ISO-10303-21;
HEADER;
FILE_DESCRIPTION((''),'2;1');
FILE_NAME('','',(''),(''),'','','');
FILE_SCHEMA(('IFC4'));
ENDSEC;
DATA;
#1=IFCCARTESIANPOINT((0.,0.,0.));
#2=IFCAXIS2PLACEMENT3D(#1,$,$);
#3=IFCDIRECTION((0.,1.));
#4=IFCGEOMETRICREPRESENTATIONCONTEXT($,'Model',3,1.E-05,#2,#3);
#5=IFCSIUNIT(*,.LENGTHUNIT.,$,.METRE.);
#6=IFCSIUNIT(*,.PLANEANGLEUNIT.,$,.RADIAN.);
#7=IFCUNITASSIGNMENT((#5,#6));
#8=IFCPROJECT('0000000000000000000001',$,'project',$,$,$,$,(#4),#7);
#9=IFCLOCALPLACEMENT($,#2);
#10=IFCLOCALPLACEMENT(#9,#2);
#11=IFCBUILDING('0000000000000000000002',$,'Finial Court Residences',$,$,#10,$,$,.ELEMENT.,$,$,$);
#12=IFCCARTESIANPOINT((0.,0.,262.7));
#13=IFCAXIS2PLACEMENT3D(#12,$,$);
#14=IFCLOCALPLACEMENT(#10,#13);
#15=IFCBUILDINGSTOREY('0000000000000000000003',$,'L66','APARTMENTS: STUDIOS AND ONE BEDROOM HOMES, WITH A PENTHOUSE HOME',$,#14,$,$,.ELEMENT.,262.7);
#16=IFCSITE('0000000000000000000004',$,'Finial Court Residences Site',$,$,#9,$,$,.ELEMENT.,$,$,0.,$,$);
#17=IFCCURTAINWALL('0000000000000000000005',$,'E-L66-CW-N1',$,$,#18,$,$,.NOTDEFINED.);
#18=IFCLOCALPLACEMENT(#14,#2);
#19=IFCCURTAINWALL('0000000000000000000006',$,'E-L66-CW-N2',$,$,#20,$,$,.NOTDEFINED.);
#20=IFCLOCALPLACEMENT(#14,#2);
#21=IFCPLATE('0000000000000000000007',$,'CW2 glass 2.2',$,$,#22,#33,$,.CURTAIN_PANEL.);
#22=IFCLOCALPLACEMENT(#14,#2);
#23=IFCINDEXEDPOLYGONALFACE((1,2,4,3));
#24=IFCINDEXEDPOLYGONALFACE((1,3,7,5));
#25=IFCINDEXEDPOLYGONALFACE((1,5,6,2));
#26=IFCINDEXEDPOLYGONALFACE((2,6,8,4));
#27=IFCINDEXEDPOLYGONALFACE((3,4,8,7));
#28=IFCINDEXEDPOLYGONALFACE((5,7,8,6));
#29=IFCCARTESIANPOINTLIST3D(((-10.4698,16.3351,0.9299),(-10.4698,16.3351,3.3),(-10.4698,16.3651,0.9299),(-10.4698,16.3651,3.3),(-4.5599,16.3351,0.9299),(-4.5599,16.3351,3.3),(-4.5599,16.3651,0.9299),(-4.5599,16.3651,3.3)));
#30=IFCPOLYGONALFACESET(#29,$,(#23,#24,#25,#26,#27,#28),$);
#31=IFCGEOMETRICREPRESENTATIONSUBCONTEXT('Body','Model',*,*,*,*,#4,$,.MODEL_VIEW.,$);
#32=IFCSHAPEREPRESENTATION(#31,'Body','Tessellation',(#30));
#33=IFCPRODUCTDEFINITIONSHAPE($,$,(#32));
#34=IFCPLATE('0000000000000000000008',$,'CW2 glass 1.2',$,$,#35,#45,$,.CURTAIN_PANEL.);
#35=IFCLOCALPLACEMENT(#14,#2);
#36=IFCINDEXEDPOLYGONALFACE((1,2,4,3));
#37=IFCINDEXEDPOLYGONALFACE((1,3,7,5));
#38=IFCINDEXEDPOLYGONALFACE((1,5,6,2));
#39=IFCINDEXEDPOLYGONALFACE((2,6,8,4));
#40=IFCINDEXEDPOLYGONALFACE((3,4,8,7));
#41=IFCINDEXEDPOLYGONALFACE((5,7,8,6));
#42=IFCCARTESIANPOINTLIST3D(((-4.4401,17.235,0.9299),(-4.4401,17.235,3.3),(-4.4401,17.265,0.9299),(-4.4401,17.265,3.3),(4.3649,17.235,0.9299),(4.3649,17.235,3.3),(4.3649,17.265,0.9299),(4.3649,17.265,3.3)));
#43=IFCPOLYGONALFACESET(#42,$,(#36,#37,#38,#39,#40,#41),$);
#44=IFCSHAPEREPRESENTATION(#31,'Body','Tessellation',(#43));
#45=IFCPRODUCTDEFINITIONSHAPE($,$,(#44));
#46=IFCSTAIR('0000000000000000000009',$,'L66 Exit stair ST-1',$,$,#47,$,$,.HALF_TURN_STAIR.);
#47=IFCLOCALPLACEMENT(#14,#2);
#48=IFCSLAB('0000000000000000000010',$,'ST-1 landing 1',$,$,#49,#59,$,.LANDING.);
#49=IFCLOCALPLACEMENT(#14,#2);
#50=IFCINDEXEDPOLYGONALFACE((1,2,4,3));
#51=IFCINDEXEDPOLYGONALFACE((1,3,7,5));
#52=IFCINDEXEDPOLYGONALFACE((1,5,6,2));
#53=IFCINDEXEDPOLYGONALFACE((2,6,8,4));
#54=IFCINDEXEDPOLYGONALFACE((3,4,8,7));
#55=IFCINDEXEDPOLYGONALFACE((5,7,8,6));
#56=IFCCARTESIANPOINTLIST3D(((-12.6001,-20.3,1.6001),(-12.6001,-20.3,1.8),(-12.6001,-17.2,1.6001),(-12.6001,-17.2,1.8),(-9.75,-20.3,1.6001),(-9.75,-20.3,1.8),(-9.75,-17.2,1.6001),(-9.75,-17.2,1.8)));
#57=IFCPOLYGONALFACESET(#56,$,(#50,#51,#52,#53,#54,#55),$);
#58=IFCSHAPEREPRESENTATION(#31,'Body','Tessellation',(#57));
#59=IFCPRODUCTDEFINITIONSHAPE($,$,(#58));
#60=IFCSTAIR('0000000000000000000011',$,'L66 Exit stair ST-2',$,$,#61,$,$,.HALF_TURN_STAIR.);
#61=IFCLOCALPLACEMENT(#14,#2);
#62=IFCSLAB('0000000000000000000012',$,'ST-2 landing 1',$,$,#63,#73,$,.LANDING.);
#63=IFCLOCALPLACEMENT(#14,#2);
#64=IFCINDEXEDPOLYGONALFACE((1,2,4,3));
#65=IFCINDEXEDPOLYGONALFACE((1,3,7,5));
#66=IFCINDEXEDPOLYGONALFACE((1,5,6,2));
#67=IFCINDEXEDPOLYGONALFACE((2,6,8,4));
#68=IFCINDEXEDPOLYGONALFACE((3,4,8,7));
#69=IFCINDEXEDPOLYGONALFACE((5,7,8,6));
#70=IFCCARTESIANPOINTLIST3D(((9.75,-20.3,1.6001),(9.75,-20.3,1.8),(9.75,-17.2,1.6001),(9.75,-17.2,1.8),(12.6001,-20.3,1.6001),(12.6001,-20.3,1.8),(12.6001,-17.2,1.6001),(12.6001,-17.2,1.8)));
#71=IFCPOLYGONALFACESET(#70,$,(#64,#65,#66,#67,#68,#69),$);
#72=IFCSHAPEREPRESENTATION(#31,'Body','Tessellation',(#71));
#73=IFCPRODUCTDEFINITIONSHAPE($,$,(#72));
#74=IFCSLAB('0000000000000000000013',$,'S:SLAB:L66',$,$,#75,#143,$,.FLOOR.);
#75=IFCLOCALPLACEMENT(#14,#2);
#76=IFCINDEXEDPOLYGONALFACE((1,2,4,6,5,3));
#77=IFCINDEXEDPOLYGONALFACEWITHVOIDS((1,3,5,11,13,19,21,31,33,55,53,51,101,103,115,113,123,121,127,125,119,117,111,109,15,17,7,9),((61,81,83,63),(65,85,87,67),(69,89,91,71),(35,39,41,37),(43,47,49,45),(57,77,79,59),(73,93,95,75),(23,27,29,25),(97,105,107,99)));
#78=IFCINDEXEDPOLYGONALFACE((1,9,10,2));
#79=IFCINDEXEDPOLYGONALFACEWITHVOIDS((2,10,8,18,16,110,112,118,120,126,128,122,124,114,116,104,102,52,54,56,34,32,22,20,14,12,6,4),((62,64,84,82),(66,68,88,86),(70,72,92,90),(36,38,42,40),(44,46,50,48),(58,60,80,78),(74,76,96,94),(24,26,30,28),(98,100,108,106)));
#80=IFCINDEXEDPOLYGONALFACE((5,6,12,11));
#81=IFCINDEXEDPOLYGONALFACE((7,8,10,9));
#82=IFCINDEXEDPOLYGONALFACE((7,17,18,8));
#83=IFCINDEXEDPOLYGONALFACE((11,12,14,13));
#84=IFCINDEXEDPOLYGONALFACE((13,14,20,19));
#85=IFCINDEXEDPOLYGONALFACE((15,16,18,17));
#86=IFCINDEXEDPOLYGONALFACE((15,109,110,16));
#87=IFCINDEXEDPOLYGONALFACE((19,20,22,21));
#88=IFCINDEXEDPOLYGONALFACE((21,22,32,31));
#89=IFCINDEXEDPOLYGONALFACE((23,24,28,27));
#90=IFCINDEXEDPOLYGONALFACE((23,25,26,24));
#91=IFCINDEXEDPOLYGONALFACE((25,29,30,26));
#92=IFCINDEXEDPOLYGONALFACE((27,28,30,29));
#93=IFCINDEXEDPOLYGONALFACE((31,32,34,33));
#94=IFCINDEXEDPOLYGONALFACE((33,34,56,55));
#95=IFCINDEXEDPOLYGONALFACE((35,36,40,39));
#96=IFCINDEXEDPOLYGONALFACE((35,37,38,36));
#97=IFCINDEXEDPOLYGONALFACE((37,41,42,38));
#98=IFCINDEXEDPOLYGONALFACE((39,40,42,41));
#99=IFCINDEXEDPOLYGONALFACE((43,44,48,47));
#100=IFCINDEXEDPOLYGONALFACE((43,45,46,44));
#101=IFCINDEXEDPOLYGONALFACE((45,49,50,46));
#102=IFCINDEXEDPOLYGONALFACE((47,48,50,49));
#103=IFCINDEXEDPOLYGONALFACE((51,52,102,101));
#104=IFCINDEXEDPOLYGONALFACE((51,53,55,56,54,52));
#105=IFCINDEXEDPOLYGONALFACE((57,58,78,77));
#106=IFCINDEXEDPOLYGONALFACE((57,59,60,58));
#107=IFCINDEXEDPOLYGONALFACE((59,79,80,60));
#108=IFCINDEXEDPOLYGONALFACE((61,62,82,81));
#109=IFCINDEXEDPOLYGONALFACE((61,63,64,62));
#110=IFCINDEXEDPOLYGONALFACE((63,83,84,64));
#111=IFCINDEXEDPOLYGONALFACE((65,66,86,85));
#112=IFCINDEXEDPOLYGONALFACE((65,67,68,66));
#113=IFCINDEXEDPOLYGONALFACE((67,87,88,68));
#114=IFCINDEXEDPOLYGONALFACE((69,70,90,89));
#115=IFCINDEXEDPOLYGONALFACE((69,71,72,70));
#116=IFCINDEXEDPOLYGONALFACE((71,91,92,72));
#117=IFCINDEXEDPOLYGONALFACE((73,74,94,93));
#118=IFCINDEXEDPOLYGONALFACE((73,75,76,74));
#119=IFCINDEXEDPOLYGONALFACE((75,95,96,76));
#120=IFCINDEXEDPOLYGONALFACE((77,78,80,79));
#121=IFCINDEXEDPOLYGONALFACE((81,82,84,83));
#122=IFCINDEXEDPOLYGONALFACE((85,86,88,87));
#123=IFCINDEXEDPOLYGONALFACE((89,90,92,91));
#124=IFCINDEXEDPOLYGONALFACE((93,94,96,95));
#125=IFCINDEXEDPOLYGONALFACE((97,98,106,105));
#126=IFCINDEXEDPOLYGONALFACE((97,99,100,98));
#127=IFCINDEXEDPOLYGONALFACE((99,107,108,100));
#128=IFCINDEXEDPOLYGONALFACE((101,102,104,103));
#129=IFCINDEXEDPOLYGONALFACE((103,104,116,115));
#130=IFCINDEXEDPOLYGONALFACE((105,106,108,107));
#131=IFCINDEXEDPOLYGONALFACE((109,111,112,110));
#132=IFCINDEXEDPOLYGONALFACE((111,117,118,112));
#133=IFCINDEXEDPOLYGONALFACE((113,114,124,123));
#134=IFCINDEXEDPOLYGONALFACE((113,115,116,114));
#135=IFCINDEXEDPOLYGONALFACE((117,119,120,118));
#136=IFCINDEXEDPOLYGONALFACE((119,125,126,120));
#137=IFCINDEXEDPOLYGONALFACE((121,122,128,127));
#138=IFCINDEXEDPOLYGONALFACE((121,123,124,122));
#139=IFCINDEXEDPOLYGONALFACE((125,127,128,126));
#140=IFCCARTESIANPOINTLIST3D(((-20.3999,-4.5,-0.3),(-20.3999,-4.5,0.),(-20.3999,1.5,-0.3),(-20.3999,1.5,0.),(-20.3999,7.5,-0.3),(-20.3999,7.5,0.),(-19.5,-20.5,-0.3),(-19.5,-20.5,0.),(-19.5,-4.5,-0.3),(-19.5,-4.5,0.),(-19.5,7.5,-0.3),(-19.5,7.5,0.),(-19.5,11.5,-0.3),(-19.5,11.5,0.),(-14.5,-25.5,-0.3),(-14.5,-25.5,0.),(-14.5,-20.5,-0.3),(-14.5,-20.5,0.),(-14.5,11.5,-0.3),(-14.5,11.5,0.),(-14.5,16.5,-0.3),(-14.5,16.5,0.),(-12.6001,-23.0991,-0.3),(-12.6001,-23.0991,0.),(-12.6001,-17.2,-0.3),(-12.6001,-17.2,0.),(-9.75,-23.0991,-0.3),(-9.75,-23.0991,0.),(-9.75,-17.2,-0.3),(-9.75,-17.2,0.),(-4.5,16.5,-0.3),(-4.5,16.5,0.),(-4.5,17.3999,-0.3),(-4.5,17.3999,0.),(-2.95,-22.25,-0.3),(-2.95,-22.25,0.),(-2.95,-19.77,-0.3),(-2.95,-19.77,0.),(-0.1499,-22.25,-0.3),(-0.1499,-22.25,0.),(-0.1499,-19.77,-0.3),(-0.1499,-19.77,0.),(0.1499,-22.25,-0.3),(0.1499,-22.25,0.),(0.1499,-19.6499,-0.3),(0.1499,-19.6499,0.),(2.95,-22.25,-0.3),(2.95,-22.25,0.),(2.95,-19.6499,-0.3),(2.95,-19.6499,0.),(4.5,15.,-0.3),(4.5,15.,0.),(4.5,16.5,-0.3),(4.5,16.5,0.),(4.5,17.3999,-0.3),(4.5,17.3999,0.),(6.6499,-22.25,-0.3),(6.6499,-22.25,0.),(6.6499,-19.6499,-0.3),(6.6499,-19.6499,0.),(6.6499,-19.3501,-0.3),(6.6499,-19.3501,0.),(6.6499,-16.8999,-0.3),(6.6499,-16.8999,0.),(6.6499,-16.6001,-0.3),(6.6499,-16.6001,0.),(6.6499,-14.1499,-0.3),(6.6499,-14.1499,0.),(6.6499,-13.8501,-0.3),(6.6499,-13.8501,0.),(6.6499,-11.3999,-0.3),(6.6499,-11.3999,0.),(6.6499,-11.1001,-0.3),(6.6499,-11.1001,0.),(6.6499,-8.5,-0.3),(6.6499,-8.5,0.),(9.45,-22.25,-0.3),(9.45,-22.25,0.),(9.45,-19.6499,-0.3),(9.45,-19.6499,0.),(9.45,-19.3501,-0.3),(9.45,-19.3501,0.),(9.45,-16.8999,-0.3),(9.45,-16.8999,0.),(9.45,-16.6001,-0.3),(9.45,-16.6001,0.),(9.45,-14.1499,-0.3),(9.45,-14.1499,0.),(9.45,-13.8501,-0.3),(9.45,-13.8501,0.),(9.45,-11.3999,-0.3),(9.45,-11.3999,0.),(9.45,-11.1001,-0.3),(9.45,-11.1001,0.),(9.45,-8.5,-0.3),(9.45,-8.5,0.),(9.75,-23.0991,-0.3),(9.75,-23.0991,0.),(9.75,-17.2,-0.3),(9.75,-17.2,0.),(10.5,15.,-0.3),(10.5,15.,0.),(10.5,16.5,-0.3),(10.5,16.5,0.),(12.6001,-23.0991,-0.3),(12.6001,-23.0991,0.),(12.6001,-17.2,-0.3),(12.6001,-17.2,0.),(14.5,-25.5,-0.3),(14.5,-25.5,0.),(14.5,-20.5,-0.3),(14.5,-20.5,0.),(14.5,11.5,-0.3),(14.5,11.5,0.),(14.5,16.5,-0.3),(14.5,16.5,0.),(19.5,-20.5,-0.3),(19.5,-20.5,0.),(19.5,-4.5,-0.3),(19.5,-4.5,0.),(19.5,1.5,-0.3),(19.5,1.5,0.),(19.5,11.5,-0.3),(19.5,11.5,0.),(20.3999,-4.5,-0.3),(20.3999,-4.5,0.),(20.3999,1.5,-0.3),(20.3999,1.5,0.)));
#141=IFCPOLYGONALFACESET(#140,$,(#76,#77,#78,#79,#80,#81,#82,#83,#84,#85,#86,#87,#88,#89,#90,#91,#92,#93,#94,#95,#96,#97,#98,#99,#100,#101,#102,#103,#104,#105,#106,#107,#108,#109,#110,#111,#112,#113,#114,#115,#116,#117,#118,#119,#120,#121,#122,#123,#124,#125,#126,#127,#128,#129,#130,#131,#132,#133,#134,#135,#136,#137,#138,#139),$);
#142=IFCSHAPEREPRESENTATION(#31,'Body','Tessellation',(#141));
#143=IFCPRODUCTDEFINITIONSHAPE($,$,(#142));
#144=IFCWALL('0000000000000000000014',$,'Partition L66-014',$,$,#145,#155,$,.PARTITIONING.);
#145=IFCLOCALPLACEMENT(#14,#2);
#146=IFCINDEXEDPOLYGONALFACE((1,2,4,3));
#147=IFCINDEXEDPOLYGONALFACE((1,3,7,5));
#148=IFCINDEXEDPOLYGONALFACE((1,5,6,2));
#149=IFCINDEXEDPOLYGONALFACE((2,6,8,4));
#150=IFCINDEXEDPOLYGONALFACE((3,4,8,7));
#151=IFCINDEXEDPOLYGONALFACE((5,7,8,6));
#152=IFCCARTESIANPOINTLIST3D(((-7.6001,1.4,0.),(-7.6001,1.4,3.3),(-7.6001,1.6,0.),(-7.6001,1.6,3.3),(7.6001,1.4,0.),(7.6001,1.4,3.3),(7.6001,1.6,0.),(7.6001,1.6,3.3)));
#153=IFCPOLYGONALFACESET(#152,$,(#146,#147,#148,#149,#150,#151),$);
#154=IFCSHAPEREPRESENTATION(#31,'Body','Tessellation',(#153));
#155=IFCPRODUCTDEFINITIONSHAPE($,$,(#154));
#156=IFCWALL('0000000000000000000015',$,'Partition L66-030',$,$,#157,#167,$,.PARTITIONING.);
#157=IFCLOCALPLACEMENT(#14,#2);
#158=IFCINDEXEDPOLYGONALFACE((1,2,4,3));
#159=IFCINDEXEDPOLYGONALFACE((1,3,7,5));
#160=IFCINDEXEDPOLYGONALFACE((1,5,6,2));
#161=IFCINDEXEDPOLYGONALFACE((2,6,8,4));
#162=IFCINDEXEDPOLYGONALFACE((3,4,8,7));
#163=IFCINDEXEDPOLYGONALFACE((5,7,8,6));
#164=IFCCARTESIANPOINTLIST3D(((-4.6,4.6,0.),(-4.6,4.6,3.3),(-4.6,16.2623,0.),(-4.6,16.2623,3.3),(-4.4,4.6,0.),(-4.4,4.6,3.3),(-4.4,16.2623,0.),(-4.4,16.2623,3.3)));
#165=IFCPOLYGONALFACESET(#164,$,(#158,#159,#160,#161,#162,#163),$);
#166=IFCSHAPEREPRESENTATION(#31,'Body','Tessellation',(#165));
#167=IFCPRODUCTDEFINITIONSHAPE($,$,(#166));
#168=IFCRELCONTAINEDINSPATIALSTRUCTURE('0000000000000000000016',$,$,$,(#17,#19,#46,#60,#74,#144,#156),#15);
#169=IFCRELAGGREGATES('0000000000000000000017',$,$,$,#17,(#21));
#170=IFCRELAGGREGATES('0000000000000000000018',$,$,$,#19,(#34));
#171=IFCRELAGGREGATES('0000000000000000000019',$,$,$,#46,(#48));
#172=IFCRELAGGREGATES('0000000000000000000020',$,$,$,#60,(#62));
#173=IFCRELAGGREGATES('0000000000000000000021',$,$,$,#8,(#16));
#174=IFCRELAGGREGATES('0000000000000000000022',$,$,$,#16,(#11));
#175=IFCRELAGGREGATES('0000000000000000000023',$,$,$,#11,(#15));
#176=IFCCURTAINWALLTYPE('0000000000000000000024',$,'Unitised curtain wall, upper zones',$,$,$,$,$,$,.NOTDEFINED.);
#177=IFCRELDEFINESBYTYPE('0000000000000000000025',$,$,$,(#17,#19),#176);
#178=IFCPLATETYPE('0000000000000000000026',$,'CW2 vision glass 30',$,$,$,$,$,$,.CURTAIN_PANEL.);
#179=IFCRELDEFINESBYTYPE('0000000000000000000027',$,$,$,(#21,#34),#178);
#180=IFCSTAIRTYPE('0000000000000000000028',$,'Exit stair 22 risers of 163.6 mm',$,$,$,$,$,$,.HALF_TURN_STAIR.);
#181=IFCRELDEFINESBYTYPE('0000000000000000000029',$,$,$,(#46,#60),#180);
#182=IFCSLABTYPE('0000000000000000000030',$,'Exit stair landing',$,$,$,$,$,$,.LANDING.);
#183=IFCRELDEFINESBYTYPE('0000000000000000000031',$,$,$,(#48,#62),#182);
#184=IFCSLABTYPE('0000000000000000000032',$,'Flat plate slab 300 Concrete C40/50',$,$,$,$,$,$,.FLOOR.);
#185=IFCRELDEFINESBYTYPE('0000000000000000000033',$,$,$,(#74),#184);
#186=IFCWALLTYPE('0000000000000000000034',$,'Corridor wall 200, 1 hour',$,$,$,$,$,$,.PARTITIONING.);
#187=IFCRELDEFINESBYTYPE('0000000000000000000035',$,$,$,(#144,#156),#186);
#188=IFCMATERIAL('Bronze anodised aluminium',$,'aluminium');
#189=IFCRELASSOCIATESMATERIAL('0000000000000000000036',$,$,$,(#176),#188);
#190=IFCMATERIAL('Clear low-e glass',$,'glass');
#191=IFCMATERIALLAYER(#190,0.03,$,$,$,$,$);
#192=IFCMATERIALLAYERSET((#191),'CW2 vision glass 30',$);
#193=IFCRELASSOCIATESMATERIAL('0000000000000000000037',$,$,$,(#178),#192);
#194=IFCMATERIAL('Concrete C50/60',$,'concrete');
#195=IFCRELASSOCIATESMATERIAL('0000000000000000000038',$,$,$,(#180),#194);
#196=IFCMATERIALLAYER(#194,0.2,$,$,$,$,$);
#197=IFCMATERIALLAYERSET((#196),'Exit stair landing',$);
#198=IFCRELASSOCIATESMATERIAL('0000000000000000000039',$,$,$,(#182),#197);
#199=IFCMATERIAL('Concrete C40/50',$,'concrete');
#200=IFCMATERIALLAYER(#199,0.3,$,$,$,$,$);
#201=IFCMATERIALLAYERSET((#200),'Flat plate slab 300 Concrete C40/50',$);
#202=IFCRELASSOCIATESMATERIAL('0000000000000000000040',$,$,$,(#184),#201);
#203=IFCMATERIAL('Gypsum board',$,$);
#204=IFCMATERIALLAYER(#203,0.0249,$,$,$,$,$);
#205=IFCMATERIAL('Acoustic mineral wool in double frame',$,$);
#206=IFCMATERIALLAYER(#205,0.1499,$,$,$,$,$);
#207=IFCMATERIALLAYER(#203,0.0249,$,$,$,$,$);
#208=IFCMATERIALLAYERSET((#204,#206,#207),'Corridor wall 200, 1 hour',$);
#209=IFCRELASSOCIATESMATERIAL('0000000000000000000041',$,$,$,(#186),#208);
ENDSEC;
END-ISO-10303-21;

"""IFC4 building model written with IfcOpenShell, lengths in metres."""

from ifc_helpers import new_model, si_unit, direction, frame, frame_2d, origin, origin_2d, place, context, subcontext, project, spatial, polyline, rectangle, outline, extrude, material, layer, layer_set, type_object, element, aggregate, save


model = new_model("IFC4")

# Units and contexts
model_context = context("Model", 3, precision=1e-05, world=origin(), true_north=direction((0.0, 1.0)))
body_context = subcontext(model_context, "Body", "Model", "MODEL_VIEW")
ifc_project = project(units=[si_unit("LENGTHUNIT", "METRE"), si_unit("PLANEANGLEUNIT", "RADIAN")], contexts=[model_context])

# Site, building, storey
site_placement = place(None, origin())
site = spatial("IfcSite", under=ifc_project, at=site_placement, Name="Finial Court Residences Site", CompositionType="ELEMENT", RefElevation=0.0)
building_placement = place(site_placement, origin())
building = spatial("IfcBuilding", under=site, at=building_placement, Name="Finial Court Residences", CompositionType="ELEMENT")
storey_placement = place(building_placement, frame((0.0, 0.0, 262.7)))
storey = spatial("IfcBuildingStorey", under=building, at=storey_placement, Name="L66", Description="APARTMENTS: STUDIOS AND ONE BEDROOM HOMES, WITH A PENTHOUSE HOME", CompositionType="ELEMENT", Elevation=262.7)

# Shared definitions
ifc_material_1 = material(Name="Concrete C50/60", Category="concrete")

# Curtain wall
ifc_material_2 = material(Name="Bronze anodised aluminium", Category="aluminium")
curtain_wall_type = type_object("IfcCurtainWallType", Name="Unitised curtain wall, upper zones", PredefinedType="NOTDEFINED", material=ifc_material_2)
curtain_wall_1_placement = place(storey_placement, origin())
curtain_wall_1 = element("IfcCurtainWall", 1, at=curtain_wall_1_placement, inside=storey, type_object=curtain_wall_type, Name="E-L66-CW-N1", PredefinedType="NOTDEFINED")

# Curtain wall
curtain_wall_2_placement = place(storey_placement, origin())
curtain_wall_2 = element("IfcCurtainWall", 2, at=curtain_wall_2_placement, inside=storey, type_object=curtain_wall_type, Name="E-L66-CW-N2", PredefinedType="NOTDEFINED")

# Plates
ifc_material_3 = material(Name="Clear low-e glass", Category="glass")
ifc_layer_1 = layer(ifc_material_3, 0.03)
ifc_layer_set_1 = layer_set([ifc_layer_1], Name="CW2 vision glass 30")
plate_type_1 = type_object("IfcPlateType", Name="CW2 vision glass 30", PredefinedType="CURTAIN_PANEL", material=ifc_layer_set_1)
plate_1_placement = place(storey_placement, frame((-7.5149, 16.3501, 0.9299), z_axis=(0.0, 0.0, 1.0), x_axis=(1.0, 0.0, 0.0)))
plate_1 = element("IfcPlate", 3, at=plate_1_placement, type_object=plate_type_1, Name="CW2 glass 2.2", PredefinedType="CURTAIN_PANEL", context=body_context, shape_type="SweptSolid", body=[
    extrude(rectangle(XDim=5.9099, YDim=0.03, at=origin_2d()), origin(), (0.0, 0.0, 1.0), 2.3701),
])
aggregate(curtain_wall_1, [plate_1])
plate_2_placement = place(storey_placement, frame((-0.0376, 17.25, 0.9299), z_axis=(0.0, 0.0, 1.0), x_axis=(1.0, 0.0, 0.0)))
plate_2 = element("IfcPlate", 4, at=plate_2_placement, type_object=plate_type_1, Name="CW2 glass 1.2", PredefinedType="CURTAIN_PANEL", context=body_context, shape_type="SweptSolid", body=[
    extrude(rectangle(XDim=8.8049, YDim=0.03, at=origin_2d()), origin(), (0.0, 0.0, 1.0), 2.3701),
])
aggregate(curtain_wall_2, [plate_2])

# Stairs, slabs
stair_type = type_object("IfcStairType", Name="Exit stair 22 risers of 163.6 mm", PredefinedType="HALF_TURN_STAIR", material=ifc_material_1)
stair_1_placement = place(storey_placement, origin())
stair_1 = element("IfcStair", 5, at=stair_1_placement, inside=storey, type_object=stair_type, Name="L66 Exit stair ST-1", PredefinedType="HALF_TURN_STAIR")
ifc_layer_2 = layer(ifc_material_1, 0.2)
ifc_layer_set_2 = layer_set([ifc_layer_2], Name="Exit stair landing")
slab_type_1 = type_object("IfcSlabType", Name="Exit stair landing", PredefinedType="LANDING", material=ifc_layer_set_2)
slab_1_placement = place(storey_placement, frame((0.0, 0.0, 1.6001)))
slab_1 = element("IfcSlab", 6, at=slab_1_placement, type_object=slab_type_1, Name="ST-1 landing 1", PredefinedType="LANDING", context=body_context, shape_type="SweptSolid", body=[
    extrude(outline(polyline([(-9.75, -20.3), (-9.75, -17.2), (-12.6001, -17.2), (-12.6001, -20.3), (-9.75, -20.3)])), origin(), (0.0, 0.0, 1.0), 0.2),
])
aggregate(stair_1, [slab_1])
stair_2_placement = place(storey_placement, origin())
stair_2 = element("IfcStair", 7, at=stair_2_placement, inside=storey, type_object=stair_type, Name="L66 Exit stair ST-2", PredefinedType="HALF_TURN_STAIR")
slab_2_placement = place(storey_placement, frame((0.0, 0.0, 1.6001)))
slab_2 = element("IfcSlab", 8, at=slab_2_placement, type_object=slab_type_1, Name="ST-2 landing 1", PredefinedType="LANDING", context=body_context, shape_type="SweptSolid", body=[
    extrude(outline(polyline([(12.6001, -20.3), (12.6001, -17.2), (9.75, -17.2), (9.75, -20.3), (12.6001, -20.3)])), origin(), (0.0, 0.0, 1.0), 0.2),
])
aggregate(stair_2, [slab_2])

# Slab
ifc_material_4 = material(Name="Concrete C40/50", Category="concrete")
ifc_layer_3 = layer(ifc_material_4, 0.3)
ifc_layer_set_3 = layer_set([ifc_layer_3], Name="Flat plate slab 300 Concrete C40/50")
slab_type_2 = type_object("IfcSlabType", Name="Flat plate slab 300 Concrete C40/50", PredefinedType="FLOOR", material=ifc_layer_set_3)
slab_3_placement = place(storey_placement, frame((0.0, 0.0, -0.3)))
element("IfcSlab", 9, at=slab_3_placement, inside=storey, type_object=slab_type_2, Name="S:SLAB:L66", PredefinedType="FLOOR", context=body_context, shape_type="SweptSolid", body=[
    extrude(outline(polyline([(-20.3999, -4.5), (-20.3999, 1.5), (-20.3999, 7.5), (-19.5, 7.5), (-19.5, 11.5), (-14.5, 11.5), (-14.5, 16.5), (-4.5, 16.5), (-4.5, 17.3999), (4.5, 17.3999), (4.5, 16.5), (4.5, 15.0), (10.5, 15.0), (10.5, 16.5), (14.5, 16.5), (14.5, 11.5), (19.5, 11.5), (19.5, 1.5), (20.3999, 1.5), (20.3999, -4.5), (19.5, -4.5), (19.5, -20.5), (14.5, -20.5), (14.5, -25.5), (-14.5, -25.5), (-14.5, -20.5), (-19.5, -20.5), (-19.5, -4.5), (-20.3999, -4.5)]), holes=[polyline([(-0.1499, -19.77), (-2.95, -19.77), (-2.95, -22.25), (-0.1499, -22.25), (-0.1499, -19.77)]), polyline([(2.95, -19.6499), (0.1499, -19.6499), (0.1499, -22.25), (2.95, -22.25), (2.95, -19.6499)]), polyline([(9.45, -19.6499), (6.6499, -19.6499), (6.6499, -22.25), (9.45, -22.25), (9.45, -19.6499)]), polyline([(-12.6001, -17.2), (-12.6001, -23.0991), (-9.75, -23.0991), (-9.75, -17.2), (-12.6001, -17.2)]), polyline([(9.75, -17.2), (9.75, -23.0991), (12.6001, -23.0991), (12.6001, -17.2), (9.75, -17.2)]), polyline([(9.45, -16.8999), (6.6499, -16.8999), (6.6499, -19.3501), (9.45, -19.3501), (9.45, -16.8999)]), polyline([(9.45, -14.1499), (6.6499, -14.1499), (6.6499, -16.6001), (9.45, -16.6001), (9.45, -14.1499)]), polyline([(9.45, -13.8501), (9.45, -11.3999), (6.6499, -11.3999), (6.6499, -13.8501), (9.45, -13.8501)]), polyline([(9.45, -11.1001), (9.45, -8.5), (6.6499, -8.5), (6.6499, -11.1001), (9.45, -11.1001)])]), origin(), (0.0, 0.0, 1.0), 0.3),
])

# Walls
ifc_material_5 = material(Name="Gypsum board")
ifc_layer_4 = layer(ifc_material_5, 0.0249)
ifc_material_6 = material(Name="Acoustic mineral wool in double frame")
ifc_layer_5 = layer(ifc_material_6, 0.1499)
ifc_layer_6 = layer(ifc_material_5, 0.0249)
ifc_layer_set_4 = layer_set([ifc_layer_4, ifc_layer_5, ifc_layer_6], Name="Corridor wall 200, 1 hour")
wall_type_1 = type_object("IfcWallType", Name="Corridor wall 200, 1 hour", PredefinedType="PARTITIONING", material=ifc_layer_set_4)
wall_1_placement = place(storey_placement, frame((-7.6001, 1.5, 0.0), z_axis=(0.0, 0.0, 1.0), x_axis=(1.0, 0.0, 0.0)))
element("IfcWall", 10, at=wall_1_placement, inside=storey, type_object=wall_type_1, Name="Partition L66-014", PredefinedType="PARTITIONING", context=body_context, shape_type="SweptSolid", body=[
    extrude(rectangle(XDim=15.2002, YDim=0.2, at=frame_2d((7.6001, 0.0))), origin(), (0.0, 0.0, 1.0), 3.3),
])
wall_2_placement = place(storey_placement, frame((-4.5, 4.6001, 0.0), z_axis=(0.0, 0.0, 1.0), x_axis=(0.0, 1.0, 0.0)))
element("IfcWall", 11, at=wall_2_placement, inside=storey, type_object=wall_type_1, Name="Partition L66-030", PredefinedType="PARTITIONING", context=body_context, shape_type="SweptSolid", body=[
    extrude(rectangle(XDim=11.6624, YDim=0.2, at=frame_2d((5.8311, 0.0))), origin(), (0.0, 0.0, 1.0), 3.3),
])

save(model, "model.ifc")
